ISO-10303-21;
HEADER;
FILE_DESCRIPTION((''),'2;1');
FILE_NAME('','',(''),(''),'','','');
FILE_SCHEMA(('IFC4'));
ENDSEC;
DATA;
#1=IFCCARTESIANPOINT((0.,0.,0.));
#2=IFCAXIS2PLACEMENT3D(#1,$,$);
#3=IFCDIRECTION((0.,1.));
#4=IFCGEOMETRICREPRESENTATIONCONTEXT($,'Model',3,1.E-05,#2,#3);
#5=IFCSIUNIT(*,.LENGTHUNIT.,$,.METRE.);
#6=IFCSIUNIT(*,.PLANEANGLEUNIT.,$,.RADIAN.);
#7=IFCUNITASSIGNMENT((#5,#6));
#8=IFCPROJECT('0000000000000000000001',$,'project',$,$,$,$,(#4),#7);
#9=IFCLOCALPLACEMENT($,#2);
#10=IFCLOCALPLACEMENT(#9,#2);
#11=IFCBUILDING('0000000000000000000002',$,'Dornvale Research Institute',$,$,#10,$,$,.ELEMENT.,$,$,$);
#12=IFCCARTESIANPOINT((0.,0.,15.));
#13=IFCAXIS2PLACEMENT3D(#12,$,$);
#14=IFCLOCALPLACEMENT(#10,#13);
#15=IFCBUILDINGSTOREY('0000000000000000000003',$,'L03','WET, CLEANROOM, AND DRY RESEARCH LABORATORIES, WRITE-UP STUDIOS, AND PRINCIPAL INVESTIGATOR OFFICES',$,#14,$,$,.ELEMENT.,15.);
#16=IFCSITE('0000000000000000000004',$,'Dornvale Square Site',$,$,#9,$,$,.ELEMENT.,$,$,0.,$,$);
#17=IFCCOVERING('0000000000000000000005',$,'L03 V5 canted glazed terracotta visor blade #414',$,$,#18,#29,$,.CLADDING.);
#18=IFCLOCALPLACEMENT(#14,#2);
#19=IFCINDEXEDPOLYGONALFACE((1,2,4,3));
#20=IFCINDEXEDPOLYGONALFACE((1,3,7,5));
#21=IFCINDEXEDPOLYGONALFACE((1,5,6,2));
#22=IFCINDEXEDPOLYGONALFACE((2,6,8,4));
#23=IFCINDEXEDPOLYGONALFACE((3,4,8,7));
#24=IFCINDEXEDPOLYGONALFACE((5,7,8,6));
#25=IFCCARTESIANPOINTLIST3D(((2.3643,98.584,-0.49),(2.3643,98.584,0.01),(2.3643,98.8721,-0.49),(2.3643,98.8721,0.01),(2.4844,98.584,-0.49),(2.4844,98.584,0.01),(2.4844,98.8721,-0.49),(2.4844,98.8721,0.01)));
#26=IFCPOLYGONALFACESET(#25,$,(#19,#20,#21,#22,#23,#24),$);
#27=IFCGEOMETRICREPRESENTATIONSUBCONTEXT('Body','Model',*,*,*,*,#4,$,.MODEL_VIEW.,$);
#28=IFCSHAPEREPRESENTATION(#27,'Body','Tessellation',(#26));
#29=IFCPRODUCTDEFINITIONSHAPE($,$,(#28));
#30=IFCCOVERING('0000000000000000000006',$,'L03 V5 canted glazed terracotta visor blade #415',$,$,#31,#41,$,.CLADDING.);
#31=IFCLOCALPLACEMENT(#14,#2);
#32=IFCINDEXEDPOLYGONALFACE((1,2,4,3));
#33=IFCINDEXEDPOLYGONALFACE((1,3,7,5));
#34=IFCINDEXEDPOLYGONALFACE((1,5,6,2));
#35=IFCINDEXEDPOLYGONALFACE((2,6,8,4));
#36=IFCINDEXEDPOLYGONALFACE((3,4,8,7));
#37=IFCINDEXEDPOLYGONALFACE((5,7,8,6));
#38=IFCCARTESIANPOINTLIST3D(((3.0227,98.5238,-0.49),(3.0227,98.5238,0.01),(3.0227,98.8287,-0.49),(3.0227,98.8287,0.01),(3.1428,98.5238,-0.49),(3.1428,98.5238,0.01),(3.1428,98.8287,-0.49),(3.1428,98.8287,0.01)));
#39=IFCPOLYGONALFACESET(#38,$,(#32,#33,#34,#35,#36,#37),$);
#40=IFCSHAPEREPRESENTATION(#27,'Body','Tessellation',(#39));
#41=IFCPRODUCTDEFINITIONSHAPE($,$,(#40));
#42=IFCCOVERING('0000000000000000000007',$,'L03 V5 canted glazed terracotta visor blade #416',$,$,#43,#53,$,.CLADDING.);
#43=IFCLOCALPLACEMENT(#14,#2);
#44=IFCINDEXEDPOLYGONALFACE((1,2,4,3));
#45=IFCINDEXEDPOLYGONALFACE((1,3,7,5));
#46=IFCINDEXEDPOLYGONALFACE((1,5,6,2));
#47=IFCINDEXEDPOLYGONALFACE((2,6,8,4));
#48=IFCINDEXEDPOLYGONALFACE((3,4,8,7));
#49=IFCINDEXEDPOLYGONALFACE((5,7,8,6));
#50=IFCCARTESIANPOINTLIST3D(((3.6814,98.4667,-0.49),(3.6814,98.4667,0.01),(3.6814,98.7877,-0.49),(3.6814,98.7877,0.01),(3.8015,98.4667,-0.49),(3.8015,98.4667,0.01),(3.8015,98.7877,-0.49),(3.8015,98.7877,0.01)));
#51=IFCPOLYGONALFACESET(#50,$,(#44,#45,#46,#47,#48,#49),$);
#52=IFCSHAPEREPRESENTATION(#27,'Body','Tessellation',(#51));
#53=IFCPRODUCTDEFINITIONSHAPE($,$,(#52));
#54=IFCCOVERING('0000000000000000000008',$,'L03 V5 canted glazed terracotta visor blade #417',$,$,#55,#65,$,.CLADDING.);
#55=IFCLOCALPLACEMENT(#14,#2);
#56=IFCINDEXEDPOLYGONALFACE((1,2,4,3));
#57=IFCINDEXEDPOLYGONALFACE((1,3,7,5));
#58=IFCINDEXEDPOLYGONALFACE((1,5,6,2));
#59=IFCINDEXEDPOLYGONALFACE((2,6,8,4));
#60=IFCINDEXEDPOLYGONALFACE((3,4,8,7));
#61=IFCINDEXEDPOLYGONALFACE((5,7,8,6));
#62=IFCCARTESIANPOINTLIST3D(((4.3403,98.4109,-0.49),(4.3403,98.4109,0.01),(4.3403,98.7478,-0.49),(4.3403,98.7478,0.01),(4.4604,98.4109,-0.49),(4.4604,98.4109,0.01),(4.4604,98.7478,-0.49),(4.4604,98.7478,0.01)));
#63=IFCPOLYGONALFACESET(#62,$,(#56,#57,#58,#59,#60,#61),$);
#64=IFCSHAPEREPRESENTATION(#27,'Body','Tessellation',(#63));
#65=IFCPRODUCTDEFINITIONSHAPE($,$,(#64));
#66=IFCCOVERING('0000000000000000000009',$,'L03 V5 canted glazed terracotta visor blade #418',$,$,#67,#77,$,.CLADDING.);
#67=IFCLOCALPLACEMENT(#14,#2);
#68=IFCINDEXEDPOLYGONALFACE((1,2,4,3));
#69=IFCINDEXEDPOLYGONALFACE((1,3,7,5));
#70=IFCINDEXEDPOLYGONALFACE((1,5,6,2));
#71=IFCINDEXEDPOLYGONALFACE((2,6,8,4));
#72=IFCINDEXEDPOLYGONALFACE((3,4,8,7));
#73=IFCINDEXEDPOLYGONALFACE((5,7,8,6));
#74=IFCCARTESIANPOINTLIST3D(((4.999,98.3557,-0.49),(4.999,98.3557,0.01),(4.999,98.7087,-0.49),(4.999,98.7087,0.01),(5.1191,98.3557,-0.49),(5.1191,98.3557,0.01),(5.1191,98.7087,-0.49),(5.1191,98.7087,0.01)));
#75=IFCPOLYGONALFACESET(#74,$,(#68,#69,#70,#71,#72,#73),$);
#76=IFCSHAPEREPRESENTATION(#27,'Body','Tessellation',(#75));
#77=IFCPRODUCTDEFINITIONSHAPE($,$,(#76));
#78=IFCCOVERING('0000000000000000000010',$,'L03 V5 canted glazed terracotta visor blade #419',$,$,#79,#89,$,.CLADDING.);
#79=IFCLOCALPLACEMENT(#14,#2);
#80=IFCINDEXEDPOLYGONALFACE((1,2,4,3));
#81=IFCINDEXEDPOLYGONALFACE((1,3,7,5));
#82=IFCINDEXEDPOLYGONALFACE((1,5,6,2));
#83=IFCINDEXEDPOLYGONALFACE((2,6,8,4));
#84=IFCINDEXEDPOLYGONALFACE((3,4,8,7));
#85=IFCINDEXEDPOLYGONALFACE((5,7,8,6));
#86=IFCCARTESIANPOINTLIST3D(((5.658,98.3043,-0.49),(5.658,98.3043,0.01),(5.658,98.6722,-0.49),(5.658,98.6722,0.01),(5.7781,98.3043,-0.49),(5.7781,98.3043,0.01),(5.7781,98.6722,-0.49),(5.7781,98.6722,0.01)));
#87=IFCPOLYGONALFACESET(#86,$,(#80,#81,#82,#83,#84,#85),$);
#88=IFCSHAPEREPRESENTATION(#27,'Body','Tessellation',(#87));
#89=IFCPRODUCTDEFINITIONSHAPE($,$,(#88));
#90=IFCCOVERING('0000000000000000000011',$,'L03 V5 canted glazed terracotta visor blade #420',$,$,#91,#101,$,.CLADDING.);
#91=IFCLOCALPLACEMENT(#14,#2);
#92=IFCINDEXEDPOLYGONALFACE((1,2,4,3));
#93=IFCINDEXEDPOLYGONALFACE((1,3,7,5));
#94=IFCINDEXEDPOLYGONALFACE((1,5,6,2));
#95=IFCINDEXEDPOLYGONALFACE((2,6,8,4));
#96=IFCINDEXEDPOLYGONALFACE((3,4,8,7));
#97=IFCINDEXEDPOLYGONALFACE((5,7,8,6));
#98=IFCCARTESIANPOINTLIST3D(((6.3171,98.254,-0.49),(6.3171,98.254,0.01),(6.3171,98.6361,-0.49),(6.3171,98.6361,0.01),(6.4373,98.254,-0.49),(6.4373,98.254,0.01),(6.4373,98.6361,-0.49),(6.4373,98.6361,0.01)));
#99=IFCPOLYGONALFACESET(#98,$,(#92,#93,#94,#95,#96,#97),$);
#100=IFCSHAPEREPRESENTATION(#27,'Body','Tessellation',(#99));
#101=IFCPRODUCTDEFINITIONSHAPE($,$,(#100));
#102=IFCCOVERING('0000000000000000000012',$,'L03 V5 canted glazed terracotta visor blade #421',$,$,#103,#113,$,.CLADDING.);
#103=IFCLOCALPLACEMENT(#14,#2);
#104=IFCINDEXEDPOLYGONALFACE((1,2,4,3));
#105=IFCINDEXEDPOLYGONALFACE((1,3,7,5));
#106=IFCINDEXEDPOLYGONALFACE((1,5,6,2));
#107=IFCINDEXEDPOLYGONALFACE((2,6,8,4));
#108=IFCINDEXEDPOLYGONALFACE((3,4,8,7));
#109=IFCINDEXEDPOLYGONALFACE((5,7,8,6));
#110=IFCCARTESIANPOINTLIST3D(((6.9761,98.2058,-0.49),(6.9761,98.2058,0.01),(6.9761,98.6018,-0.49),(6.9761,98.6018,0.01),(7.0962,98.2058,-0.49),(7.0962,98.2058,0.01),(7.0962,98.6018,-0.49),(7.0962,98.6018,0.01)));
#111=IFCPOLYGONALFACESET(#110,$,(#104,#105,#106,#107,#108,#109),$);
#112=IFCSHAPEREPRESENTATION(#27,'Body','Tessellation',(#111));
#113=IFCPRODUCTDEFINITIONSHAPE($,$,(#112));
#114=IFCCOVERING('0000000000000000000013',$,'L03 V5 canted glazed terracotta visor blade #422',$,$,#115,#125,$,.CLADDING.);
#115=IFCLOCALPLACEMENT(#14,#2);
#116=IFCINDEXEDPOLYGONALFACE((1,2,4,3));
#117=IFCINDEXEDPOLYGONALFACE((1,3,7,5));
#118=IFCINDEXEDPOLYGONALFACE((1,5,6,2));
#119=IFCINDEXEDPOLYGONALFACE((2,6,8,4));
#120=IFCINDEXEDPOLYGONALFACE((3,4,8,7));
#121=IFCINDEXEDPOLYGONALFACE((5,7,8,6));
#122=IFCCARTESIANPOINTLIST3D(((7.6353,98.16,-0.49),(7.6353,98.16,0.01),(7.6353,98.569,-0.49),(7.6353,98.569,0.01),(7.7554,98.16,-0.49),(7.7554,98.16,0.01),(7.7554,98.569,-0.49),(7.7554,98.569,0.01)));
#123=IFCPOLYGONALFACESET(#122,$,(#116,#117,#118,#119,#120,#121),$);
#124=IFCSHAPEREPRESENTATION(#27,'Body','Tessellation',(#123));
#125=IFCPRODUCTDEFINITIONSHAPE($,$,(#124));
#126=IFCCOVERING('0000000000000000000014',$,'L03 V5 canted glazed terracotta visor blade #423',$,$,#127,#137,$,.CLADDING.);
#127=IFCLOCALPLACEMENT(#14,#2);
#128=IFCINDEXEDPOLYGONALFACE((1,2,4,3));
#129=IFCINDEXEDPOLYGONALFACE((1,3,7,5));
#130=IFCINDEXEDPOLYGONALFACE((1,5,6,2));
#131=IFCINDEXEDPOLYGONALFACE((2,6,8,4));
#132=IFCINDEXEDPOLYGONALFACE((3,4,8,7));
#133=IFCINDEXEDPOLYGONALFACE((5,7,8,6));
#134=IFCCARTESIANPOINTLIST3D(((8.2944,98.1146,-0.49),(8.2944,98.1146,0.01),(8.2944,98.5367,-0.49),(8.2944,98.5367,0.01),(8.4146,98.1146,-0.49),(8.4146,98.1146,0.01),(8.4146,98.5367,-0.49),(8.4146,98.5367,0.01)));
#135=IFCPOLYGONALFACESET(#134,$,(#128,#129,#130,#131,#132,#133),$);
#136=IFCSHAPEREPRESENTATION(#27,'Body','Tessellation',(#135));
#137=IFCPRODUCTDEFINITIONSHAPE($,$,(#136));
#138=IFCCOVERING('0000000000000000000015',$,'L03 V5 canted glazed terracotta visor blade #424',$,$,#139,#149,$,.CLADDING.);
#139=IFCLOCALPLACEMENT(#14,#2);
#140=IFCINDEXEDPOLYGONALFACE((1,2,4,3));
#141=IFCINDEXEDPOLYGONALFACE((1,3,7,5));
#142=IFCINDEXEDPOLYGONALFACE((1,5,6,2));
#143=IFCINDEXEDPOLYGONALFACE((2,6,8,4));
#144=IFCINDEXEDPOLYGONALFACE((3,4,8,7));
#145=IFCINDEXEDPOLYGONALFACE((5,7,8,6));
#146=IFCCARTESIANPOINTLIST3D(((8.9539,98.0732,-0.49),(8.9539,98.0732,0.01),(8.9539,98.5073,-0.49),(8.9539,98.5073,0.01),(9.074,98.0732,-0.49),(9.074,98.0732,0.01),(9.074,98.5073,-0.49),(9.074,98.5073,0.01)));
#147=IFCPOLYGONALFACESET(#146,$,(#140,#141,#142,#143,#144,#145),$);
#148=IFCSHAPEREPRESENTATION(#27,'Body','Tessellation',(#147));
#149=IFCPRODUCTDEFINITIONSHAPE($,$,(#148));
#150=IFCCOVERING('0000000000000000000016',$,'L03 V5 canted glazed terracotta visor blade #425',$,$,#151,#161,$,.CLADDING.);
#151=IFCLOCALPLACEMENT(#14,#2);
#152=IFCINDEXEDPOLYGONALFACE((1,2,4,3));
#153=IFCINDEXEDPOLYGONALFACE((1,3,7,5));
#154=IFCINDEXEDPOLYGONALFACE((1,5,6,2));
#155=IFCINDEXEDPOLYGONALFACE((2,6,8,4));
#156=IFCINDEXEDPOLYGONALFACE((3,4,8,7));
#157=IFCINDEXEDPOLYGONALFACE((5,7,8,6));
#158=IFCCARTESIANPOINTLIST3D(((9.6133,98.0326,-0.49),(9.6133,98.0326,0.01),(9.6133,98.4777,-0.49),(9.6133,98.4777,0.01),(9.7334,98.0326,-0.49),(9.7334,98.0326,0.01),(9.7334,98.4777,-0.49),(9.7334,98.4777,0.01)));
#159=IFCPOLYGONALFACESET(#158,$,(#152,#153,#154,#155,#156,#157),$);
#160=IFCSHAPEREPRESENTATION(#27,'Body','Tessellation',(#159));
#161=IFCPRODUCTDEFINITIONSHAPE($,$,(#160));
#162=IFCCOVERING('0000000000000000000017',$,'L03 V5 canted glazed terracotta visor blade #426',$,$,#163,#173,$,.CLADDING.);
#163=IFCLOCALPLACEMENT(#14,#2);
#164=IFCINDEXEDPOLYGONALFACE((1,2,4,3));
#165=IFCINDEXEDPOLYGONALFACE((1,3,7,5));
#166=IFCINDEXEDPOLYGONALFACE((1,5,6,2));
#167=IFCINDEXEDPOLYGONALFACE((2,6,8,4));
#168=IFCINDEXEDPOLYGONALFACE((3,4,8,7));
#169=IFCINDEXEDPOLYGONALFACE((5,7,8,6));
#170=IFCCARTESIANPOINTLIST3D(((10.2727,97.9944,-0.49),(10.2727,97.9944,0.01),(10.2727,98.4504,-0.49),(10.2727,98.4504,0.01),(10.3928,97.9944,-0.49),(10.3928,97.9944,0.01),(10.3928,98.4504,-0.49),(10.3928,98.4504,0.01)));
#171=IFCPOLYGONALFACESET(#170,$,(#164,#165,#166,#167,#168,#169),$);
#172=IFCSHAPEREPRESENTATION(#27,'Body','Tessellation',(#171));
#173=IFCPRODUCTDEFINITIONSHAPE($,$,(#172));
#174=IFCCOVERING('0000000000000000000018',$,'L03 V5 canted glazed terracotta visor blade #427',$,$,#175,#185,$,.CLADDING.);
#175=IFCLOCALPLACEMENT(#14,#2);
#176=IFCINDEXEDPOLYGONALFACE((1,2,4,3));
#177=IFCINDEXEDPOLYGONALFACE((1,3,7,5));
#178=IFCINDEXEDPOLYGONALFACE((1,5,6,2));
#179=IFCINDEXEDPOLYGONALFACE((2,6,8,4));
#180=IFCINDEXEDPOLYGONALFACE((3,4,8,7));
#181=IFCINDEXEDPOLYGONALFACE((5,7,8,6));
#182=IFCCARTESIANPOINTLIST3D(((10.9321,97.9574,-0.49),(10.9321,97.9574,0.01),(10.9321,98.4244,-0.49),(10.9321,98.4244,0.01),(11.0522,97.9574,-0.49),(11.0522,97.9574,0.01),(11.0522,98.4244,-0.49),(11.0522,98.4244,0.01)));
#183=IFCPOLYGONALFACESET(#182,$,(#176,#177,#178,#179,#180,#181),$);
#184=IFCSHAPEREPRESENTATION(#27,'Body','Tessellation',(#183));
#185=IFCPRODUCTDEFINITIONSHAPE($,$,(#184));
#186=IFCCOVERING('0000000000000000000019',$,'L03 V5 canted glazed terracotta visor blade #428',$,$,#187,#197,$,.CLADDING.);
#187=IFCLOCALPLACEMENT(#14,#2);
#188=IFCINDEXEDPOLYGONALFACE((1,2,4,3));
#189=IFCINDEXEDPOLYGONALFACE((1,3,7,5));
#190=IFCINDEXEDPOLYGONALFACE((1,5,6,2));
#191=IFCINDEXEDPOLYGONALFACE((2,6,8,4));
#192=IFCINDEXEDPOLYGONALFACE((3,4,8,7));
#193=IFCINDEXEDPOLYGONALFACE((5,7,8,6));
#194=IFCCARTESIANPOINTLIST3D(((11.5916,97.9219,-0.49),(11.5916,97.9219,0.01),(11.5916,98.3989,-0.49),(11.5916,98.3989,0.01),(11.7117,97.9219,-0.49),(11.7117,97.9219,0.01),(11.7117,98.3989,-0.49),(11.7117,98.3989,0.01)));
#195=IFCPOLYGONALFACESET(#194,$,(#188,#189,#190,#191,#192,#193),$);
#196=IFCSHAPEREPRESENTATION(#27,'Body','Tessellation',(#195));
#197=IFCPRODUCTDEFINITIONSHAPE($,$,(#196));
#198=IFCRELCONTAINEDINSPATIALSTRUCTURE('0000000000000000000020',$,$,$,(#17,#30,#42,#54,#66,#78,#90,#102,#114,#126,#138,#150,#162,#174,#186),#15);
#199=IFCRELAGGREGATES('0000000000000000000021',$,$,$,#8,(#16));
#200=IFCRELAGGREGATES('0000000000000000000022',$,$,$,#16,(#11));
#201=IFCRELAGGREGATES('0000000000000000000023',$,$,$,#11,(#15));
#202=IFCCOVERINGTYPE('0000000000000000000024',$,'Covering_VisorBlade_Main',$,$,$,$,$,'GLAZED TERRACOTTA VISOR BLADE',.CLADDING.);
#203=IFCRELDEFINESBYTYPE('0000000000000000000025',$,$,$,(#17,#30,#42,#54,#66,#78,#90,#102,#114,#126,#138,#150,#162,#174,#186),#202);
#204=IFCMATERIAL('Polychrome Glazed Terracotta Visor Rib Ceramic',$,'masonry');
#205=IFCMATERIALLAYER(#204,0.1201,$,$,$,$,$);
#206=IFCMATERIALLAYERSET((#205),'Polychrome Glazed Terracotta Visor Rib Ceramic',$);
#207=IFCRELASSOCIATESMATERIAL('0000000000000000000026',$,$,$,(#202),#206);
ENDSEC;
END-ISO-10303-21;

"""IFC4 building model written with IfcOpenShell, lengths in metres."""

from ifc_helpers import new_model, si_unit, direction, frame, origin, origin_2d, place, context, subcontext, project, spatial, rectangle, extrude, material, layer, layer_set, type_object, element, save


model = new_model("IFC4")

# Units and contexts
model_context = context("Model", 3, precision=1e-05, world=origin(), true_north=direction((0.0, 1.0)))
body_context = subcontext(model_context, "Body", "Model", "MODEL_VIEW")
ifc_project = project(units=[si_unit("LENGTHUNIT", "METRE"), si_unit("PLANEANGLEUNIT", "RADIAN")], contexts=[model_context])

# Site, building, storey
site_placement = place(None, origin())
site = spatial("IfcSite", under=ifc_project, at=site_placement, Name="Dornvale Square Site", CompositionType="ELEMENT", RefElevation=0.0)
building_placement = place(site_placement, origin())
building = spatial("IfcBuilding", under=site, at=building_placement, Name="Dornvale Research Institute", CompositionType="ELEMENT")
storey_placement = place(building_placement, frame((0.0, 0.0, 15.0)))
storey = spatial("IfcBuildingStorey", under=building, at=storey_placement, Name="L03", Description="WET, CLEANROOM, AND DRY RESEARCH LABORATORIES, WRITE-UP STUDIOS, AND PRINCIPAL INVESTIGATOR OFFICES", CompositionType="ELEMENT", Elevation=15.0)

# Coverings
ifc_material = material(Name="Polychrome Glazed Terracotta Visor Rib Ceramic", Category="masonry")
ifc_layer = layer(ifc_material, 0.1201)
ifc_layer_set = layer_set([ifc_layer], Name="Polychrome Glazed Terracotta Visor Rib Ceramic")
covering_type = type_object("IfcCoveringType", Name="Covering_VisorBlade_Main", ElementType="GLAZED TERRACOTTA VISOR BLADE", PredefinedType="CLADDING", material=ifc_layer_set)
covering_1_placement = place(storey_placement, frame((2.4243, 98.728, -0.49), z_axis=(0.0, 0.0, 1.0), x_axis=(0.0, 1.0, 0.0)))
element("IfcCovering", 1, at=covering_1_placement, inside=storey, type_object=covering_type, Name="L03 V5 canted glazed terracotta visor blade #414", PredefinedType="CLADDING", context=body_context, shape_type="SweptSolid", body=[
    extrude(rectangle(XDim=0.2881, YDim=0.1201, at=origin_2d()), origin(), (0.0, 0.0, 1.0), 0.5),
])
covering_2_placement = place(storey_placement, frame((3.0828, 98.6763, -0.49), z_axis=(0.0, 0.0, 1.0), x_axis=(0.0, 1.0, 0.0)))
element("IfcCovering", 2, at=covering_2_placement, inside=storey, type_object=covering_type, Name="L03 V5 canted glazed terracotta visor blade #415", PredefinedType="CLADDING", context=body_context, shape_type="SweptSolid", body=[
    extrude(rectangle(XDim=0.3049, YDim=0.1201, at=origin_2d()), origin(), (0.0, 0.0, 1.0), 0.5),
])
covering_3_placement = place(storey_placement, frame((3.7415, 98.6272, -0.49), z_axis=(0.0, 0.0, 1.0), x_axis=(0.0, 1.0, 0.0)))
element("IfcCovering", 3, at=covering_3_placement, inside=storey, type_object=covering_type, Name="L03 V5 canted glazed terracotta visor blade #416", PredefinedType="CLADDING", context=body_context, shape_type="SweptSolid", body=[
    extrude(rectangle(XDim=0.321, YDim=0.1201, at=origin_2d()), origin(), (0.0, 0.0, 1.0), 0.5),
])
covering_4_placement = place(storey_placement, frame((4.4004, 98.5793, -0.49), z_axis=(0.0, 0.0, 1.0), x_axis=(0.0, 1.0, 0.0)))
element("IfcCovering", 4, at=covering_4_placement, inside=storey, type_object=covering_type, Name="L03 V5 canted glazed terracotta visor blade #417", PredefinedType="CLADDING", context=body_context, shape_type="SweptSolid", body=[
    extrude(rectangle(XDim=0.3369, YDim=0.1201, at=origin_2d()), origin(), (0.0, 0.0, 1.0), 0.5),
])
covering_5_placement = place(storey_placement, frame((5.0591, 98.5322, -0.49), z_axis=(0.0, 0.0, 1.0), x_axis=(0.0, 1.0, 0.0)))
element("IfcCovering", 5, at=covering_5_placement, inside=storey, type_object=covering_type, Name="L03 V5 canted glazed terracotta visor blade #418", PredefinedType="CLADDING", context=body_context, shape_type="SweptSolid", body=[
    extrude(rectangle(XDim=0.353, YDim=0.1201, at=origin_2d()), origin(), (0.0, 0.0, 1.0), 0.5),
])
covering_6_placement = place(storey_placement, frame((5.718, 98.4883, -0.49), z_axis=(0.0, 0.0, 1.0), x_axis=(0.0, 1.0, 0.0)))
element("IfcCovering", 6, at=covering_6_placement, inside=storey, type_object=covering_type, Name="L03 V5 canted glazed terracotta visor blade #419", PredefinedType="CLADDING", context=body_context, shape_type="SweptSolid", body=[
    extrude(rectangle(XDim=0.3679, YDim=0.1201, at=origin_2d()), origin(), (0.0, 0.0, 1.0), 0.5),
])
covering_7_placement = place(storey_placement, frame((6.3772, 98.4451, -0.49), z_axis=(0.0, 0.0, 1.0), x_axis=(0.0, 1.0, 0.0)))
element("IfcCovering", 7, at=covering_7_placement, inside=storey, type_object=covering_type, Name="L03 V5 canted glazed terracotta visor blade #420", PredefinedType="CLADDING", context=body_context, shape_type="SweptSolid", body=[
    extrude(rectangle(XDim=0.3821, YDim=0.1201, at=origin_2d()), origin(), (0.0, 0.0, 1.0), 0.5),
])
covering_8_placement = place(storey_placement, frame((7.0361, 98.4038, -0.49), z_axis=(0.0, 0.0, 1.0), x_axis=(0.0, 1.0, 0.0)))
element("IfcCovering", 8, at=covering_8_placement, inside=storey, type_object=covering_type, Name="L03 V5 canted glazed terracotta visor blade #421", PredefinedType="CLADDING", context=body_context, shape_type="SweptSolid", body=[
    extrude(rectangle(XDim=0.396, YDim=0.1201, at=origin_2d()), origin(), (0.0, 0.0, 1.0), 0.5),
])
covering_9_placement = place(storey_placement, frame((7.6953, 98.3645, -0.49), z_axis=(0.0, 0.0, 1.0), x_axis=(0.0, 1.0, 0.0)))
element("IfcCovering", 9, at=covering_9_placement, inside=storey, type_object=covering_type, Name="L03 V5 canted glazed terracotta visor blade #422", PredefinedType="CLADDING", context=body_context, shape_type="SweptSolid", body=[
    extrude(rectangle(XDim=0.4089, YDim=0.1201, at=origin_2d()), origin(), (0.0, 0.0, 1.0), 0.5),
])
covering_10_placement = place(storey_placement, frame((8.3545, 98.3257, -0.49), z_axis=(0.0, 0.0, 1.0), x_axis=(0.0, 1.0, 0.0)))
element("IfcCovering", 10, at=covering_10_placement, inside=storey, type_object=covering_type, Name="L03 V5 canted glazed terracotta visor blade #423", PredefinedType="CLADDING", context=body_context, shape_type="SweptSolid", body=[
    extrude(rectangle(XDim=0.4221, YDim=0.1201, at=origin_2d()), origin(), (0.0, 0.0, 1.0), 0.5),
])
covering_11_placement = place(storey_placement, frame((9.0139, 98.2903, -0.49), z_axis=(0.0, 0.0, 1.0), x_axis=(0.0, 1.0, 0.0)))
element("IfcCovering", 11, at=covering_11_placement, inside=storey, type_object=covering_type, Name="L03 V5 canted glazed terracotta visor blade #424", PredefinedType="CLADDING", context=body_context, shape_type="SweptSolid", body=[
    extrude(rectangle(XDim=0.4341, YDim=0.1201, at=origin_2d()), origin(), (0.0, 0.0, 1.0), 0.5),
])
covering_12_placement = place(storey_placement, frame((9.6733, 98.2551, -0.49), z_axis=(0.0, 0.0, 1.0), x_axis=(0.0, 1.0, 0.0)))
element("IfcCovering", 12, at=covering_12_placement, inside=storey, type_object=covering_type, Name="L03 V5 canted glazed terracotta visor blade #425", PredefinedType="CLADDING", context=body_context, shape_type="SweptSolid", body=[
    extrude(rectangle(XDim=0.4451, YDim=0.1201, at=origin_2d()), origin(), (0.0, 0.0, 1.0), 0.5),
])
covering_13_placement = place(storey_placement, frame((10.3328, 98.2224, -0.49), z_axis=(0.0, 0.0, 1.0), x_axis=(0.0, 1.0, 0.0)))
element("IfcCovering", 13, at=covering_13_placement, inside=storey, type_object=covering_type, Name="L03 V5 canted glazed terracotta visor blade #426", PredefinedType="CLADDING", context=body_context, shape_type="SweptSolid", body=[
    extrude(rectangle(XDim=0.4561, YDim=0.1201, at=origin_2d()), origin(), (0.0, 0.0, 1.0), 0.5),
])
covering_14_placement = place(storey_placement, frame((10.9922, 98.1909, -0.49), z_axis=(0.0, 0.0, 1.0), x_axis=(0.0, 1.0, 0.0)))
element("IfcCovering", 14, at=covering_14_placement, inside=storey, type_object=covering_type, Name="L03 V5 canted glazed terracotta visor blade #427", PredefinedType="CLADDING", context=body_context, shape_type="SweptSolid", body=[
    extrude(rectangle(XDim=0.467, YDim=0.1201, at=origin_2d()), origin(), (0.0, 0.0, 1.0), 0.5),
])
covering_15_placement = place(storey_placement, frame((11.6516, 98.1604, -0.49), z_axis=(0.0, 0.0, 1.0), x_axis=(0.0, 1.0, 0.0)))
element("IfcCovering", 15, at=covering_15_placement, inside=storey, type_object=covering_type, Name="L03 V5 canted glazed terracotta visor blade #428", PredefinedType="CLADDING", context=body_context, shape_type="SweptSolid", body=[
    extrude(rectangle(XDim=0.4771, YDim=0.1201, at=origin_2d()), origin(), (0.0, 0.0, 1.0), 0.5),
])

save(model, "model.ifc")
